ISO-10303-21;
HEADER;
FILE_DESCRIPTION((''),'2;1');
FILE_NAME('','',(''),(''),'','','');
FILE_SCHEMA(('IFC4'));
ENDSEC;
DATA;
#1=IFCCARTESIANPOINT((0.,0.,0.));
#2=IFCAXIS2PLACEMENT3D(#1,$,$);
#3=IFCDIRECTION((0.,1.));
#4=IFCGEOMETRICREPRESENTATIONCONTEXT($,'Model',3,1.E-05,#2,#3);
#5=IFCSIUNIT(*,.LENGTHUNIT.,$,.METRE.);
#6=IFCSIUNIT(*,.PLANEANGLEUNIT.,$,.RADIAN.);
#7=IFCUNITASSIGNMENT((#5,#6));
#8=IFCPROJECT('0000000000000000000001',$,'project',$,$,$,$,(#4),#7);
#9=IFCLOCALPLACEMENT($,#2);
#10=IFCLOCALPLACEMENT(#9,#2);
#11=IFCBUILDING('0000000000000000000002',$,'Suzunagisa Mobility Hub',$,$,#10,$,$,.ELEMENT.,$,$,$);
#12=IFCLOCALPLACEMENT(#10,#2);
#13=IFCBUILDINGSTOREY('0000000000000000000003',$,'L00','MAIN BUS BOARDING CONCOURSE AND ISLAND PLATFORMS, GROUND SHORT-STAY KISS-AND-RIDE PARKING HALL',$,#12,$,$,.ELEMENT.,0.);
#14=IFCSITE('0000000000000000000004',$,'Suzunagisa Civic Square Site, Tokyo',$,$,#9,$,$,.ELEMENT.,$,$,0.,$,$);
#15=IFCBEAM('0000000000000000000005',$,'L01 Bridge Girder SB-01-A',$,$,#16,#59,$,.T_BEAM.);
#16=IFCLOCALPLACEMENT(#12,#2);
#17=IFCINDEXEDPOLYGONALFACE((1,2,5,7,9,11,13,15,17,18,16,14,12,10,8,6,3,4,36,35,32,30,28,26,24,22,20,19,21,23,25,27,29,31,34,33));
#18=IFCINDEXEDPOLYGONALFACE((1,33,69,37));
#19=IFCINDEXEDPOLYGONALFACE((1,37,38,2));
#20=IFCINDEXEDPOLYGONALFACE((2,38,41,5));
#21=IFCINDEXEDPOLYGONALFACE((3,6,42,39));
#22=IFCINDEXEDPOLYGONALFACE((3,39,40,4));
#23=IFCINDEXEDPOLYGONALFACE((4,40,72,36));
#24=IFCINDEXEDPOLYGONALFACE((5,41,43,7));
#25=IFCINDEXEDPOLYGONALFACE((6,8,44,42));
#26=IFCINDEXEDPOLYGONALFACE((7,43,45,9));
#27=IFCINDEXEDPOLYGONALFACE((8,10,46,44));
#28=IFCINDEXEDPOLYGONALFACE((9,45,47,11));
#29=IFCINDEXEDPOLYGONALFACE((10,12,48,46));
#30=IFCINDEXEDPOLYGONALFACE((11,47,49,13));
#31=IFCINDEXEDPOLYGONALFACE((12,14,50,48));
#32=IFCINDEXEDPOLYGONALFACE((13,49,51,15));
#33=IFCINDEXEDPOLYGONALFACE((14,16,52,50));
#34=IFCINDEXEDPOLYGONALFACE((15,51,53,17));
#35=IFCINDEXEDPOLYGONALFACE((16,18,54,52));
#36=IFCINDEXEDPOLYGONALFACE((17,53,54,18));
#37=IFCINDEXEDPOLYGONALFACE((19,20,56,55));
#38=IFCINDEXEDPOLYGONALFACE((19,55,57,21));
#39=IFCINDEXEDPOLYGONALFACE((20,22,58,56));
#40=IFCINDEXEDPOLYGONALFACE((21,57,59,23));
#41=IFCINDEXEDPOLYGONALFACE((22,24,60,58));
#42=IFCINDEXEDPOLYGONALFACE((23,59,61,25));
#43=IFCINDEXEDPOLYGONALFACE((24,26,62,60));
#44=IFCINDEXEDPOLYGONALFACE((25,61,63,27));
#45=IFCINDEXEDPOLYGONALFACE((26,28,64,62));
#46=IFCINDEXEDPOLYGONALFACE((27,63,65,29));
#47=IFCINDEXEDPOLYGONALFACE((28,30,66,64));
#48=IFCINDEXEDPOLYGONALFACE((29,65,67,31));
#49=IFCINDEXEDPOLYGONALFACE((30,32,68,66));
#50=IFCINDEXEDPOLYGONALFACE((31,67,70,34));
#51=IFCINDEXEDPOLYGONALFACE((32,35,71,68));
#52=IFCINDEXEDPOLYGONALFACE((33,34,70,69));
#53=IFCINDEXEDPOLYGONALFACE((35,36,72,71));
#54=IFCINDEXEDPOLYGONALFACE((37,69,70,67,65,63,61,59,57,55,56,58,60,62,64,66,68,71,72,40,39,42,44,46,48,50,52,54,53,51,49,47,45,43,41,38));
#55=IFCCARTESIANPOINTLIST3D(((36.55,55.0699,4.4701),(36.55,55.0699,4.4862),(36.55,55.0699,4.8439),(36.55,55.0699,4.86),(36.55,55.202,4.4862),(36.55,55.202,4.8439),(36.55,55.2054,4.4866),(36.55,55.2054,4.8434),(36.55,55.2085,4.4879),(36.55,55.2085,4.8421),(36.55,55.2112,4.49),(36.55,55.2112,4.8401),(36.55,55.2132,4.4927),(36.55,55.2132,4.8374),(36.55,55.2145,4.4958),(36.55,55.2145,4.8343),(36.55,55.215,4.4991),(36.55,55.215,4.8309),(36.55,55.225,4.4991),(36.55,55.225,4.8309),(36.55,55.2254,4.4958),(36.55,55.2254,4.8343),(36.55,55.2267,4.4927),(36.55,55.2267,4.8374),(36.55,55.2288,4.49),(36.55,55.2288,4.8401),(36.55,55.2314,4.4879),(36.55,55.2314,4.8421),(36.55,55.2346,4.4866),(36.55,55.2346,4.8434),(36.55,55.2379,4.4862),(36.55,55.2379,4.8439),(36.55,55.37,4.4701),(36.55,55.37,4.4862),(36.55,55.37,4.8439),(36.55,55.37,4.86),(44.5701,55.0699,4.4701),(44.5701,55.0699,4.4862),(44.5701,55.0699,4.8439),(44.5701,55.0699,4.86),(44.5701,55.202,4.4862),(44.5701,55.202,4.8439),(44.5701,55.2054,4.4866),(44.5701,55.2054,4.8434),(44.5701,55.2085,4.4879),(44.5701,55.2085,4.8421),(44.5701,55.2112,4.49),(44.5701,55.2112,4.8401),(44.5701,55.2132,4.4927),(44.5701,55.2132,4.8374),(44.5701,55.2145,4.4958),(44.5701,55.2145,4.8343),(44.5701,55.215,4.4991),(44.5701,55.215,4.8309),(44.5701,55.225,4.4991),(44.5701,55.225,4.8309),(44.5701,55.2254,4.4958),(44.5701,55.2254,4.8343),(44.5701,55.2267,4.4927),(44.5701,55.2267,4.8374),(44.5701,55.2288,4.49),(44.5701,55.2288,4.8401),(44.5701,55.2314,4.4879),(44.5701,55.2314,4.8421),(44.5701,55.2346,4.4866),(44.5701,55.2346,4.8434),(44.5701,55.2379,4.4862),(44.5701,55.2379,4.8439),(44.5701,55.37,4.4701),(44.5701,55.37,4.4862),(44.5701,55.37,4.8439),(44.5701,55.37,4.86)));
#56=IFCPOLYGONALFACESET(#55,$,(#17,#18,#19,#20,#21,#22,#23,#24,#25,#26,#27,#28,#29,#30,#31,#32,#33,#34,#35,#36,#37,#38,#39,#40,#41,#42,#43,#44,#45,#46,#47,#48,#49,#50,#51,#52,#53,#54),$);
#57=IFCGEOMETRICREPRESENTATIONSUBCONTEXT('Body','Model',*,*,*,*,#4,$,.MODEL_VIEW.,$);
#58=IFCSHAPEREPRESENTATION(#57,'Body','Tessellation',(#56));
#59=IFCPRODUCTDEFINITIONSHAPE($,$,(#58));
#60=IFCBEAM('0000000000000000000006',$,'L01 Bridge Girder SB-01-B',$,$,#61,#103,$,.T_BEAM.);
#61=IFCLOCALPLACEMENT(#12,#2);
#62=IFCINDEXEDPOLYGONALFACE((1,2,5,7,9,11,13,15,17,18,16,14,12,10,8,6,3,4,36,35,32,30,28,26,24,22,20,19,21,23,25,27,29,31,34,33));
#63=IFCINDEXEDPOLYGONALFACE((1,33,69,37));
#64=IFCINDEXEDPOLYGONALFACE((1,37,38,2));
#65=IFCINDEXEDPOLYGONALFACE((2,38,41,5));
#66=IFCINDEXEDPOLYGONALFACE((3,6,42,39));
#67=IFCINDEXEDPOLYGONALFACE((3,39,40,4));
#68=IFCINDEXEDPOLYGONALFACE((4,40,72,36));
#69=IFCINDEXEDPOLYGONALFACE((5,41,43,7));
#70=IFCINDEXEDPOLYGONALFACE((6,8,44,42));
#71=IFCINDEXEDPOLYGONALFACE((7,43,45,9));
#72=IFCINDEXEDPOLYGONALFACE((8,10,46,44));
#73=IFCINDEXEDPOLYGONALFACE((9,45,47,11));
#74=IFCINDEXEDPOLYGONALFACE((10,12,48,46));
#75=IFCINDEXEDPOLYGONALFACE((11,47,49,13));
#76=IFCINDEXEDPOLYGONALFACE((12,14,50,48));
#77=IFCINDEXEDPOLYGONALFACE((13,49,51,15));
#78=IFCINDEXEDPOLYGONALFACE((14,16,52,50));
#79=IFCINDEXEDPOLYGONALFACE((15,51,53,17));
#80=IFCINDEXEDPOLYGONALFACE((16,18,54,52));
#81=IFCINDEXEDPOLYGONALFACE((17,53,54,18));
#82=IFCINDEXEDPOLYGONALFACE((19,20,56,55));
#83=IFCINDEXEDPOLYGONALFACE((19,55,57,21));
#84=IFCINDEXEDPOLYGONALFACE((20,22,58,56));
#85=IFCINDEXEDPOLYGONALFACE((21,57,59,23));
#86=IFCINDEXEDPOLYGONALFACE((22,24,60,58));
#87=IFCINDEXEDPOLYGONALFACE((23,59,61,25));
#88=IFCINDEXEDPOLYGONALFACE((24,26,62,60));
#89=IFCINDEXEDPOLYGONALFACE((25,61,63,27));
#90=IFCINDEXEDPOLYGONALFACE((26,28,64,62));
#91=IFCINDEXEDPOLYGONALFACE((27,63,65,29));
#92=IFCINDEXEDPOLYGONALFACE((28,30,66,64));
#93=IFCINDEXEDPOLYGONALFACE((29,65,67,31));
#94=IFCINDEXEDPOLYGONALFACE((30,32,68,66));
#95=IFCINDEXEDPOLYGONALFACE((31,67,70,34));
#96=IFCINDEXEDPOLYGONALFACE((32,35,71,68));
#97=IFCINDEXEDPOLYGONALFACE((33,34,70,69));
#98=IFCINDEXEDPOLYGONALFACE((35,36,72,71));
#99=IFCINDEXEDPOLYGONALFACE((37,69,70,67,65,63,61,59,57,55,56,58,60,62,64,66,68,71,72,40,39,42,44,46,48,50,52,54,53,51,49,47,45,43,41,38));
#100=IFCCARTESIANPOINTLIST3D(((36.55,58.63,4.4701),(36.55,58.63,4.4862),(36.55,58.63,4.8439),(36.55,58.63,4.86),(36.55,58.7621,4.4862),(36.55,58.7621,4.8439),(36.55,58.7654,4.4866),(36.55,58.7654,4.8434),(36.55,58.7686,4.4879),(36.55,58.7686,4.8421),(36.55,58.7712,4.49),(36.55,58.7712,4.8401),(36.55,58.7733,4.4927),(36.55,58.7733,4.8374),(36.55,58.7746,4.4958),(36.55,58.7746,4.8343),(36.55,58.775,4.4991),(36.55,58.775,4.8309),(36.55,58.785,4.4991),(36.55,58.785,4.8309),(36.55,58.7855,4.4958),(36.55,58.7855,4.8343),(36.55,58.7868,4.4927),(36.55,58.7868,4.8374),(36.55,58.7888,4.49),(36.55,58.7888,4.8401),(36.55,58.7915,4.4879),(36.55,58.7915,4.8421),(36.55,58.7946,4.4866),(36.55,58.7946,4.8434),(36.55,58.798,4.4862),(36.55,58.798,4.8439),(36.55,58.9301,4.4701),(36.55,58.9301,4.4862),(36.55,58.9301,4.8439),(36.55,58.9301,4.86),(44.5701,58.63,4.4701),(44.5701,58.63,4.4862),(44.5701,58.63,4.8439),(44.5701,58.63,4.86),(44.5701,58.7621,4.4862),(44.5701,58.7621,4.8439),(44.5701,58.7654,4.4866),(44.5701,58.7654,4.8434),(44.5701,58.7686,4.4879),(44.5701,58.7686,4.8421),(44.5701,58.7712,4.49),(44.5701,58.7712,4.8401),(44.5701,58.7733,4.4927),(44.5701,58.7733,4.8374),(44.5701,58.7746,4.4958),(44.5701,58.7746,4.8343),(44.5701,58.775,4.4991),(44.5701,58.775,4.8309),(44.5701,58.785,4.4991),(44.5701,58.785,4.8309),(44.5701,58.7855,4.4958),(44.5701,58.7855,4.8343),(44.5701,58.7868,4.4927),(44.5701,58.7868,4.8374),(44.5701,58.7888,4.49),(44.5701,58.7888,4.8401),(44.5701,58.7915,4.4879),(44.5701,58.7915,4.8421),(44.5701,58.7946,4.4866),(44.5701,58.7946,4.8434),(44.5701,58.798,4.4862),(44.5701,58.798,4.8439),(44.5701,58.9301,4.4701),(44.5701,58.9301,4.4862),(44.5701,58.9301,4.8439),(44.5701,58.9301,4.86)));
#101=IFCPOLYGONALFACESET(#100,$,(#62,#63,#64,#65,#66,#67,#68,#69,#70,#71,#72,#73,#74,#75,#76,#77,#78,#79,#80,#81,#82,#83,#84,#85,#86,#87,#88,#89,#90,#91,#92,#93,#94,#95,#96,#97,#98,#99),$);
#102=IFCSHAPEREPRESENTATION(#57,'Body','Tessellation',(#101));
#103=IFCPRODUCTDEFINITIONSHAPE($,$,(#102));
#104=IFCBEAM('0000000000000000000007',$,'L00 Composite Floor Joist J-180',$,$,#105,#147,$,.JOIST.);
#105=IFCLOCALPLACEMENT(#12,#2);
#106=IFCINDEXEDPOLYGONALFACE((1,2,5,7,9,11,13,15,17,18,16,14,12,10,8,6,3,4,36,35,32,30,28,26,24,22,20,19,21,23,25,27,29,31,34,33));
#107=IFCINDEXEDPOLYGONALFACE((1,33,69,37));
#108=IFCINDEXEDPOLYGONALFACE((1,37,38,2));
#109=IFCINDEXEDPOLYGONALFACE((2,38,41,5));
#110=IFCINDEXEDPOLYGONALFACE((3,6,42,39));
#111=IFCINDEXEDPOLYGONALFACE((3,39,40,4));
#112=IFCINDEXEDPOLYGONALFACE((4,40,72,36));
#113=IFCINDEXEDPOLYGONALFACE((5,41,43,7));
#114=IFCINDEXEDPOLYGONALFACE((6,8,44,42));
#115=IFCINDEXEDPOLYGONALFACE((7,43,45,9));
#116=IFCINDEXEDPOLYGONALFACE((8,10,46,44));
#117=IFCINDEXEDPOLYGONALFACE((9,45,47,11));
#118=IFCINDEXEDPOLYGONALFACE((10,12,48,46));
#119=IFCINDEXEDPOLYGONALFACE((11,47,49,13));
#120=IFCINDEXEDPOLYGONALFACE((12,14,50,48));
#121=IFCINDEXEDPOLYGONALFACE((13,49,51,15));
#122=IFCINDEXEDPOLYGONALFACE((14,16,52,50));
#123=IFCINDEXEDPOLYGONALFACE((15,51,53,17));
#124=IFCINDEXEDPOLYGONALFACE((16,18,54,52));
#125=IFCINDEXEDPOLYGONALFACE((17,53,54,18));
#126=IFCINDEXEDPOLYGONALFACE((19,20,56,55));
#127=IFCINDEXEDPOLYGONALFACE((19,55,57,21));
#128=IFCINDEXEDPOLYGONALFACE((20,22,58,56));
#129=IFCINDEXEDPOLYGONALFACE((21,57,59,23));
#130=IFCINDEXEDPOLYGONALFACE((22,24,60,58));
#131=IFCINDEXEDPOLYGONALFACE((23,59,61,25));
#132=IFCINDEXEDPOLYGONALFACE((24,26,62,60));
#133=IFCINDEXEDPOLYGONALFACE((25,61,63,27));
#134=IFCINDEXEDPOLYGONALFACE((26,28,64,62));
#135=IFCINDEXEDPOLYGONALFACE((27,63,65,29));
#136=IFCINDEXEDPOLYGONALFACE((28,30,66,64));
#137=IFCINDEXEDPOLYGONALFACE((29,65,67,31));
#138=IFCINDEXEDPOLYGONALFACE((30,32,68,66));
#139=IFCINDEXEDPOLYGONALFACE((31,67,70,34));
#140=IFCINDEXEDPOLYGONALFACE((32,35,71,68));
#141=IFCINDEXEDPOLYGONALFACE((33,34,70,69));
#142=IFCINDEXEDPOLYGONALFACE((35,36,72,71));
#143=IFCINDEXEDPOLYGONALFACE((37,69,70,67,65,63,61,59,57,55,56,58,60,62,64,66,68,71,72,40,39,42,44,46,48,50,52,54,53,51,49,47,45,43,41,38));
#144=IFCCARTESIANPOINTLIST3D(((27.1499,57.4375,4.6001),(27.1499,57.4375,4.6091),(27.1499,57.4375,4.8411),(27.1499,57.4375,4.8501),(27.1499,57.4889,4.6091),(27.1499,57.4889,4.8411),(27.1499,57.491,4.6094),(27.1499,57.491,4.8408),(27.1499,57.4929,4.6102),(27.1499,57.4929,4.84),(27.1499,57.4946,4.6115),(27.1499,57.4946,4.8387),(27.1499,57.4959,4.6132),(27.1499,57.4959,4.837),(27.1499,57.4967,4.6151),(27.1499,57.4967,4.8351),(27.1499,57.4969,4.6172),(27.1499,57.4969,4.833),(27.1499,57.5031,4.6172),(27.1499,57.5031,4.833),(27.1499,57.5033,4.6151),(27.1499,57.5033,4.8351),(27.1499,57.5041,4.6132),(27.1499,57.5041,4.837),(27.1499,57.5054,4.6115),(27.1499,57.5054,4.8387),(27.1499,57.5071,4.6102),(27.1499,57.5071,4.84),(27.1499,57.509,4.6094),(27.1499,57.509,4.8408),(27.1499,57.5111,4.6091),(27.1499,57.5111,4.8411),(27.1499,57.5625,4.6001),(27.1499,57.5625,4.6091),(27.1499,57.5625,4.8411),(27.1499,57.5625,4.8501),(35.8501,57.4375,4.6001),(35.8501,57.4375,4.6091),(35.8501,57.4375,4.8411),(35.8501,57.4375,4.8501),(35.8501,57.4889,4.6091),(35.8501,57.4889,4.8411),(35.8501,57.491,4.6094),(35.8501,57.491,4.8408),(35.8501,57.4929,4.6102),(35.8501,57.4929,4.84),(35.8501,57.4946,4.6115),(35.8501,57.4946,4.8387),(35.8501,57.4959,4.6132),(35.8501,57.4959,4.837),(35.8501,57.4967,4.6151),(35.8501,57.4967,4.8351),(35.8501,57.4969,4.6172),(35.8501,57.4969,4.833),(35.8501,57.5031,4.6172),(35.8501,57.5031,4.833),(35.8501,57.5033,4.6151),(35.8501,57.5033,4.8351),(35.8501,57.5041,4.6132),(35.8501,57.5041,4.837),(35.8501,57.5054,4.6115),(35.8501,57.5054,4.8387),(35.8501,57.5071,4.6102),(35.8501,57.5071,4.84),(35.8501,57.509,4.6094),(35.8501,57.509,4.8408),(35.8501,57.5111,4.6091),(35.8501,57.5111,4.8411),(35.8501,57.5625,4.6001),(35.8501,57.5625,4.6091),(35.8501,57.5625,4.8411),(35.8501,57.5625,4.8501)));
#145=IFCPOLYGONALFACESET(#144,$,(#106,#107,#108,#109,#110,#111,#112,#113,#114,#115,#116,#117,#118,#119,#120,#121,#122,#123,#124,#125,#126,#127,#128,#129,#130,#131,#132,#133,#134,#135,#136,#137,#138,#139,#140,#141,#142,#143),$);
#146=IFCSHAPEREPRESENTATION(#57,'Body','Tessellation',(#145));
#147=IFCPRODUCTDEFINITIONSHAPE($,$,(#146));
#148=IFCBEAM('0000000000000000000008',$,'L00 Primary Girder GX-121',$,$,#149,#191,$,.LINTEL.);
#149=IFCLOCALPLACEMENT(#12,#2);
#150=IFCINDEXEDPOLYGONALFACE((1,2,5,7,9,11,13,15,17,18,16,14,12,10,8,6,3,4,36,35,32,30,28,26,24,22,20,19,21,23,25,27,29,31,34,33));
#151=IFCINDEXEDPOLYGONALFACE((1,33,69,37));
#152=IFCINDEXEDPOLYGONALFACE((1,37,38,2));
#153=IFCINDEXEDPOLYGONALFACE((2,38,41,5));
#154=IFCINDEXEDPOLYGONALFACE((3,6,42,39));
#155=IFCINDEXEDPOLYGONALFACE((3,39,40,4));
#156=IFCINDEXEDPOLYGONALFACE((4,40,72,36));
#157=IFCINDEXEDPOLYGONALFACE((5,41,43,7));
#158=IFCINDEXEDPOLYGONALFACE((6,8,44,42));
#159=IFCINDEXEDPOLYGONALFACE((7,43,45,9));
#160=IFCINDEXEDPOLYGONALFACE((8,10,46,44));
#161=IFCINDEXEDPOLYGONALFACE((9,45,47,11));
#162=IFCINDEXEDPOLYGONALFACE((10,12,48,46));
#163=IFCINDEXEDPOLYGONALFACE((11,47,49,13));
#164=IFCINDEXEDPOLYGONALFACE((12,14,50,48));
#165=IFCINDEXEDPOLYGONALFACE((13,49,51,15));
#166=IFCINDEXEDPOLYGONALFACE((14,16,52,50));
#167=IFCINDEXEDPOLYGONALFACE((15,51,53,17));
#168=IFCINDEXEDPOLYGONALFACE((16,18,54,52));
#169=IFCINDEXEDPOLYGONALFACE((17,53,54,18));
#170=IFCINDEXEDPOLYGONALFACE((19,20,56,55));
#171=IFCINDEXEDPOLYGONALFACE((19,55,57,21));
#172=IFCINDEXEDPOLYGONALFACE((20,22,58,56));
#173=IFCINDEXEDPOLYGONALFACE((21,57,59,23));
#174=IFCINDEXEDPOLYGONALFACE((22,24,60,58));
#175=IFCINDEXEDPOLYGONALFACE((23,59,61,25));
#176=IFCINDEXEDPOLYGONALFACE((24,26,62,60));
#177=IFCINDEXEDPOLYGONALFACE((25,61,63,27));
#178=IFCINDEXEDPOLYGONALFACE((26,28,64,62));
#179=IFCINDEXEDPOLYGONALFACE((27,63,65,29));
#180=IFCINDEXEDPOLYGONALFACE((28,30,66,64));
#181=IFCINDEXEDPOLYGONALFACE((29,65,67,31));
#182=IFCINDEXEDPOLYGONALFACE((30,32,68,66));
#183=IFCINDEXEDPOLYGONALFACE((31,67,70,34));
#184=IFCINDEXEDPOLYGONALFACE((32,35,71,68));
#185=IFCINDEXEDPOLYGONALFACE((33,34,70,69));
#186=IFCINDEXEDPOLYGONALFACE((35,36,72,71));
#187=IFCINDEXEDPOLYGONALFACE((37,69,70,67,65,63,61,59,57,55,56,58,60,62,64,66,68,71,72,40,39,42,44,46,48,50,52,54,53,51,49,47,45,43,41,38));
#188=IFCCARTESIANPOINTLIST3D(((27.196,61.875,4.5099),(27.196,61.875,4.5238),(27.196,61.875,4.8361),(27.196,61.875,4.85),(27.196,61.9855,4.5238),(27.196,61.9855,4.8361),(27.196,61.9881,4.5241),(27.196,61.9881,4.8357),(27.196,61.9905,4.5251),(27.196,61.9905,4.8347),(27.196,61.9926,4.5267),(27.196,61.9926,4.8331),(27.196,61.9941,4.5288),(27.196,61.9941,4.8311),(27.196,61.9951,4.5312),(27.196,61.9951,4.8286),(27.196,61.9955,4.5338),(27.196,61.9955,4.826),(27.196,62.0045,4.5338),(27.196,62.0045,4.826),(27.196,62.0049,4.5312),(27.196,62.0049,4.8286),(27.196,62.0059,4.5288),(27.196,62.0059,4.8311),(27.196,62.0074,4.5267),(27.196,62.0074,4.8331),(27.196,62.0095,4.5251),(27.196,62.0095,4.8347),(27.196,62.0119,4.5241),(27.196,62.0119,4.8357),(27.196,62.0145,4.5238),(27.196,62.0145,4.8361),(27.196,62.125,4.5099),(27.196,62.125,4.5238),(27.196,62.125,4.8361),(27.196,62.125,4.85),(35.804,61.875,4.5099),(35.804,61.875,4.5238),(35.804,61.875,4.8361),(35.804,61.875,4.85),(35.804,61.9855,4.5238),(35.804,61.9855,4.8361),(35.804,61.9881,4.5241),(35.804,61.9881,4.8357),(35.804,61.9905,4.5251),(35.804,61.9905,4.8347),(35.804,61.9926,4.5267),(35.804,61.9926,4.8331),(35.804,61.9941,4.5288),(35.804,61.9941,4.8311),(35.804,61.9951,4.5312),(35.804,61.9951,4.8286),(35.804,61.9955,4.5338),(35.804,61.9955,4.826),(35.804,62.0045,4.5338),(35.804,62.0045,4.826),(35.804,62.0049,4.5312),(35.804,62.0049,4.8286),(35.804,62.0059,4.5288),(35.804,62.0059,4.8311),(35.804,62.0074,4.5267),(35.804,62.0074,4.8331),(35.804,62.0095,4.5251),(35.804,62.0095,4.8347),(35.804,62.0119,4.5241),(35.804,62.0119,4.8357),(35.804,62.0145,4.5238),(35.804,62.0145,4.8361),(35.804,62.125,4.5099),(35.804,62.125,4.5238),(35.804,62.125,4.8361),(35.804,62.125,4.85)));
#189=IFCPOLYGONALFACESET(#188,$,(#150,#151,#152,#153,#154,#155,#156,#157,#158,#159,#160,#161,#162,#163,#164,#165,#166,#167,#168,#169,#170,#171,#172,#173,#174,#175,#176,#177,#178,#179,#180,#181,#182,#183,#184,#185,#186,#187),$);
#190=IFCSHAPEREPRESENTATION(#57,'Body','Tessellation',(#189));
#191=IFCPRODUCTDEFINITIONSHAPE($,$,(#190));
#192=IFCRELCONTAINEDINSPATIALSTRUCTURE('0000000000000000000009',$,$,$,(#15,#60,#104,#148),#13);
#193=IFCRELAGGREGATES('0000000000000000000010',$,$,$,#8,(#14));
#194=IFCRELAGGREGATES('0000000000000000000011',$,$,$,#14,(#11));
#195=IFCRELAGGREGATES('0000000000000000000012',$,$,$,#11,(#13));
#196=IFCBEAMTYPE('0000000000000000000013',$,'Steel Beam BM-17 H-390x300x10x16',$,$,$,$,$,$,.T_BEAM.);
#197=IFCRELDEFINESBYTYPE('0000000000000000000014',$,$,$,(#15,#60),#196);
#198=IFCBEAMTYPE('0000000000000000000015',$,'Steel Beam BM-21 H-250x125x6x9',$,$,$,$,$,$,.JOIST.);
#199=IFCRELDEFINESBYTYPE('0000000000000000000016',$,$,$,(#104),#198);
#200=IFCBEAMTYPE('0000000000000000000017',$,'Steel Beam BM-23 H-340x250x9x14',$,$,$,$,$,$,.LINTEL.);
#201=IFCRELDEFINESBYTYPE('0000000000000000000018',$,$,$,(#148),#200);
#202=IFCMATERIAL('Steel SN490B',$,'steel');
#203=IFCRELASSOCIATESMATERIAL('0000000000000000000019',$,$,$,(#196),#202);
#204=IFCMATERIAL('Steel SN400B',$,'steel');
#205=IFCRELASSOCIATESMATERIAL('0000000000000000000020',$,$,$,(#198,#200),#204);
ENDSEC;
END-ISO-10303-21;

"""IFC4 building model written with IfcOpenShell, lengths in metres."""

from ifc_helpers import new_model, si_unit, direction, frame, origin, origin_2d, place, context, subcontext, project, spatial, i_section, extrude, material, material_profile, profile_set, type_object, element, save


model = new_model("IFC4")

# Units and contexts
model_context = context("Model", 3, precision=1e-05, world=origin(), true_north=direction((0.0, 1.0)))
body_context = subcontext(model_context, "Body", "Model", "MODEL_VIEW")
ifc_project = project(units=[si_unit("LENGTHUNIT", "METRE"), si_unit("PLANEANGLEUNIT", "RADIAN")], contexts=[model_context])

# Site, building, storey
site_placement = place(None, origin())
site = spatial("IfcSite", under=ifc_project, at=site_placement, Name="Suzunagisa Civic Square Site, Tokyo", CompositionType="ELEMENT", RefElevation=0.0)
building_placement = place(site_placement, origin())
building = spatial("IfcBuilding", under=site, at=building_placement, Name="Suzunagisa Mobility Hub", CompositionType="ELEMENT")
storey_placement = place(building_placement, origin())
storey = spatial("IfcBuildingStorey", under=building, at=storey_placement, Name="L00", Description="MAIN BUS BOARDING CONCOURSE AND ISLAND PLATFORMS, GROUND SHORT-STAY KISS-AND-RIDE PARKING HALL", CompositionType="ELEMENT", Elevation=0.0)

# Shared definitions
ifc_material_1 = material(Name="Steel SN490B", Category="steel")

# Beams
ifc_material_profile_1 = material_profile(ifc_material_1, i_section(OverallWidth=0.3, OverallDepth=0.3899, WebThickness=0.01, FlangeThickness=0.0161, FilletRadius=0.0129, at=origin_2d()), Name="H-390x300x10x16")
ifc_profile_set_1 = profile_set([ifc_material_profile_1], Name="Steel SN490B")
beam_type_1 = type_object("IfcBeamType", Name="Steel Beam BM-17 H-390x300x10x16", PredefinedType="T_BEAM", material=ifc_profile_set_1)
for number, where, z_axis, x_axis, name in (
    (1, (36.55, 55.22, 4.665), (1.0, 0.0, 0.0), (0.0, 1.0, 0.0), "L01 Bridge Girder SB-01-A"),
    (2, (36.55, 58.78, 4.665), (1.0, 0.0, 0.0), (0.0, 1.0, 0.0), "L01 Bridge Girder SB-01-B"),
):
    element("IfcBeam", number, at=place(storey_placement, frame(where, z_axis=z_axis, x_axis=x_axis)), inside=storey, type_object=beam_type_1, Name=name, PredefinedType="T_BEAM", context=body_context, shape_type="SweptSolid", body=[
        extrude(i_section(OverallWidth=0.3, OverallDepth=0.3899, WebThickness=0.01, FlangeThickness=0.0161, FilletRadius=0.0129, at=origin_2d()), origin(), (0.0, 0.0, 1.0), 8.02),
    ])
ifc_material_2 = material(Name="Steel SN400B", Category="steel")
ifc_material_profile_2 = material_profile(ifc_material_2, i_section(OverallWidth=0.125, OverallDepth=0.25, WebThickness=0.0061, FlangeThickness=0.009, FilletRadius=0.0081, at=origin_2d()), Name="H-250x125x6x9")
ifc_profile_set_2 = profile_set([ifc_material_profile_2], Name="Steel SN400B")
beam_type_2 = type_object("IfcBeamType", Name="Steel Beam BM-21 H-250x125x6x9", PredefinedType="JOIST", material=ifc_profile_set_2)
beam_1_placement = place(storey_placement, frame((27.1499, 57.5, 4.7251), z_axis=(1.0, 0.0, 0.0), x_axis=(0.0, 1.0, 0.0)))
element("IfcBeam", 3, at=beam_1_placement, inside=storey, type_object=beam_type_2, Name="L00 Composite Floor Joist J-180", PredefinedType="JOIST", context=body_context, shape_type="SweptSolid", body=[
    extrude(i_section(OverallWidth=0.125, OverallDepth=0.25, WebThickness=0.0061, FlangeThickness=0.009, FilletRadius=0.0081, at=origin_2d()), origin(), (0.0, 0.0, 1.0), 8.7002),
])
ifc_material_profile_3 = material_profile(ifc_material_2, i_section(OverallWidth=0.25, OverallDepth=0.3401, WebThickness=0.009, FlangeThickness=0.0139, FilletRadius=0.01, at=origin_2d()), Name="H-340x250x9x14")
ifc_profile_set_3 = profile_set([ifc_material_profile_3], Name="Steel SN400B")
beam_type_3 = type_object("IfcBeamType", Name="Steel Beam BM-23 H-340x250x9x14", PredefinedType="LINTEL", material=ifc_profile_set_3)
beam_2_placement = place(storey_placement, frame((27.196, 62.0, 4.6799), z_axis=(1.0, 0.0, 0.0), x_axis=(0.0, 1.0, 0.0)))
element("IfcBeam", 4, at=beam_2_placement, inside=storey, type_object=beam_type_3, Name="L00 Primary Girder GX-121", PredefinedType="LINTEL", context=body_context, shape_type="SweptSolid", body=[
    extrude(i_section(OverallWidth=0.25, OverallDepth=0.3401, WebThickness=0.009, FlangeThickness=0.0139, FilletRadius=0.01, at=origin_2d()), origin(), (0.0, 0.0, 1.0), 8.6079),
])

save(model, "model.ifc")
